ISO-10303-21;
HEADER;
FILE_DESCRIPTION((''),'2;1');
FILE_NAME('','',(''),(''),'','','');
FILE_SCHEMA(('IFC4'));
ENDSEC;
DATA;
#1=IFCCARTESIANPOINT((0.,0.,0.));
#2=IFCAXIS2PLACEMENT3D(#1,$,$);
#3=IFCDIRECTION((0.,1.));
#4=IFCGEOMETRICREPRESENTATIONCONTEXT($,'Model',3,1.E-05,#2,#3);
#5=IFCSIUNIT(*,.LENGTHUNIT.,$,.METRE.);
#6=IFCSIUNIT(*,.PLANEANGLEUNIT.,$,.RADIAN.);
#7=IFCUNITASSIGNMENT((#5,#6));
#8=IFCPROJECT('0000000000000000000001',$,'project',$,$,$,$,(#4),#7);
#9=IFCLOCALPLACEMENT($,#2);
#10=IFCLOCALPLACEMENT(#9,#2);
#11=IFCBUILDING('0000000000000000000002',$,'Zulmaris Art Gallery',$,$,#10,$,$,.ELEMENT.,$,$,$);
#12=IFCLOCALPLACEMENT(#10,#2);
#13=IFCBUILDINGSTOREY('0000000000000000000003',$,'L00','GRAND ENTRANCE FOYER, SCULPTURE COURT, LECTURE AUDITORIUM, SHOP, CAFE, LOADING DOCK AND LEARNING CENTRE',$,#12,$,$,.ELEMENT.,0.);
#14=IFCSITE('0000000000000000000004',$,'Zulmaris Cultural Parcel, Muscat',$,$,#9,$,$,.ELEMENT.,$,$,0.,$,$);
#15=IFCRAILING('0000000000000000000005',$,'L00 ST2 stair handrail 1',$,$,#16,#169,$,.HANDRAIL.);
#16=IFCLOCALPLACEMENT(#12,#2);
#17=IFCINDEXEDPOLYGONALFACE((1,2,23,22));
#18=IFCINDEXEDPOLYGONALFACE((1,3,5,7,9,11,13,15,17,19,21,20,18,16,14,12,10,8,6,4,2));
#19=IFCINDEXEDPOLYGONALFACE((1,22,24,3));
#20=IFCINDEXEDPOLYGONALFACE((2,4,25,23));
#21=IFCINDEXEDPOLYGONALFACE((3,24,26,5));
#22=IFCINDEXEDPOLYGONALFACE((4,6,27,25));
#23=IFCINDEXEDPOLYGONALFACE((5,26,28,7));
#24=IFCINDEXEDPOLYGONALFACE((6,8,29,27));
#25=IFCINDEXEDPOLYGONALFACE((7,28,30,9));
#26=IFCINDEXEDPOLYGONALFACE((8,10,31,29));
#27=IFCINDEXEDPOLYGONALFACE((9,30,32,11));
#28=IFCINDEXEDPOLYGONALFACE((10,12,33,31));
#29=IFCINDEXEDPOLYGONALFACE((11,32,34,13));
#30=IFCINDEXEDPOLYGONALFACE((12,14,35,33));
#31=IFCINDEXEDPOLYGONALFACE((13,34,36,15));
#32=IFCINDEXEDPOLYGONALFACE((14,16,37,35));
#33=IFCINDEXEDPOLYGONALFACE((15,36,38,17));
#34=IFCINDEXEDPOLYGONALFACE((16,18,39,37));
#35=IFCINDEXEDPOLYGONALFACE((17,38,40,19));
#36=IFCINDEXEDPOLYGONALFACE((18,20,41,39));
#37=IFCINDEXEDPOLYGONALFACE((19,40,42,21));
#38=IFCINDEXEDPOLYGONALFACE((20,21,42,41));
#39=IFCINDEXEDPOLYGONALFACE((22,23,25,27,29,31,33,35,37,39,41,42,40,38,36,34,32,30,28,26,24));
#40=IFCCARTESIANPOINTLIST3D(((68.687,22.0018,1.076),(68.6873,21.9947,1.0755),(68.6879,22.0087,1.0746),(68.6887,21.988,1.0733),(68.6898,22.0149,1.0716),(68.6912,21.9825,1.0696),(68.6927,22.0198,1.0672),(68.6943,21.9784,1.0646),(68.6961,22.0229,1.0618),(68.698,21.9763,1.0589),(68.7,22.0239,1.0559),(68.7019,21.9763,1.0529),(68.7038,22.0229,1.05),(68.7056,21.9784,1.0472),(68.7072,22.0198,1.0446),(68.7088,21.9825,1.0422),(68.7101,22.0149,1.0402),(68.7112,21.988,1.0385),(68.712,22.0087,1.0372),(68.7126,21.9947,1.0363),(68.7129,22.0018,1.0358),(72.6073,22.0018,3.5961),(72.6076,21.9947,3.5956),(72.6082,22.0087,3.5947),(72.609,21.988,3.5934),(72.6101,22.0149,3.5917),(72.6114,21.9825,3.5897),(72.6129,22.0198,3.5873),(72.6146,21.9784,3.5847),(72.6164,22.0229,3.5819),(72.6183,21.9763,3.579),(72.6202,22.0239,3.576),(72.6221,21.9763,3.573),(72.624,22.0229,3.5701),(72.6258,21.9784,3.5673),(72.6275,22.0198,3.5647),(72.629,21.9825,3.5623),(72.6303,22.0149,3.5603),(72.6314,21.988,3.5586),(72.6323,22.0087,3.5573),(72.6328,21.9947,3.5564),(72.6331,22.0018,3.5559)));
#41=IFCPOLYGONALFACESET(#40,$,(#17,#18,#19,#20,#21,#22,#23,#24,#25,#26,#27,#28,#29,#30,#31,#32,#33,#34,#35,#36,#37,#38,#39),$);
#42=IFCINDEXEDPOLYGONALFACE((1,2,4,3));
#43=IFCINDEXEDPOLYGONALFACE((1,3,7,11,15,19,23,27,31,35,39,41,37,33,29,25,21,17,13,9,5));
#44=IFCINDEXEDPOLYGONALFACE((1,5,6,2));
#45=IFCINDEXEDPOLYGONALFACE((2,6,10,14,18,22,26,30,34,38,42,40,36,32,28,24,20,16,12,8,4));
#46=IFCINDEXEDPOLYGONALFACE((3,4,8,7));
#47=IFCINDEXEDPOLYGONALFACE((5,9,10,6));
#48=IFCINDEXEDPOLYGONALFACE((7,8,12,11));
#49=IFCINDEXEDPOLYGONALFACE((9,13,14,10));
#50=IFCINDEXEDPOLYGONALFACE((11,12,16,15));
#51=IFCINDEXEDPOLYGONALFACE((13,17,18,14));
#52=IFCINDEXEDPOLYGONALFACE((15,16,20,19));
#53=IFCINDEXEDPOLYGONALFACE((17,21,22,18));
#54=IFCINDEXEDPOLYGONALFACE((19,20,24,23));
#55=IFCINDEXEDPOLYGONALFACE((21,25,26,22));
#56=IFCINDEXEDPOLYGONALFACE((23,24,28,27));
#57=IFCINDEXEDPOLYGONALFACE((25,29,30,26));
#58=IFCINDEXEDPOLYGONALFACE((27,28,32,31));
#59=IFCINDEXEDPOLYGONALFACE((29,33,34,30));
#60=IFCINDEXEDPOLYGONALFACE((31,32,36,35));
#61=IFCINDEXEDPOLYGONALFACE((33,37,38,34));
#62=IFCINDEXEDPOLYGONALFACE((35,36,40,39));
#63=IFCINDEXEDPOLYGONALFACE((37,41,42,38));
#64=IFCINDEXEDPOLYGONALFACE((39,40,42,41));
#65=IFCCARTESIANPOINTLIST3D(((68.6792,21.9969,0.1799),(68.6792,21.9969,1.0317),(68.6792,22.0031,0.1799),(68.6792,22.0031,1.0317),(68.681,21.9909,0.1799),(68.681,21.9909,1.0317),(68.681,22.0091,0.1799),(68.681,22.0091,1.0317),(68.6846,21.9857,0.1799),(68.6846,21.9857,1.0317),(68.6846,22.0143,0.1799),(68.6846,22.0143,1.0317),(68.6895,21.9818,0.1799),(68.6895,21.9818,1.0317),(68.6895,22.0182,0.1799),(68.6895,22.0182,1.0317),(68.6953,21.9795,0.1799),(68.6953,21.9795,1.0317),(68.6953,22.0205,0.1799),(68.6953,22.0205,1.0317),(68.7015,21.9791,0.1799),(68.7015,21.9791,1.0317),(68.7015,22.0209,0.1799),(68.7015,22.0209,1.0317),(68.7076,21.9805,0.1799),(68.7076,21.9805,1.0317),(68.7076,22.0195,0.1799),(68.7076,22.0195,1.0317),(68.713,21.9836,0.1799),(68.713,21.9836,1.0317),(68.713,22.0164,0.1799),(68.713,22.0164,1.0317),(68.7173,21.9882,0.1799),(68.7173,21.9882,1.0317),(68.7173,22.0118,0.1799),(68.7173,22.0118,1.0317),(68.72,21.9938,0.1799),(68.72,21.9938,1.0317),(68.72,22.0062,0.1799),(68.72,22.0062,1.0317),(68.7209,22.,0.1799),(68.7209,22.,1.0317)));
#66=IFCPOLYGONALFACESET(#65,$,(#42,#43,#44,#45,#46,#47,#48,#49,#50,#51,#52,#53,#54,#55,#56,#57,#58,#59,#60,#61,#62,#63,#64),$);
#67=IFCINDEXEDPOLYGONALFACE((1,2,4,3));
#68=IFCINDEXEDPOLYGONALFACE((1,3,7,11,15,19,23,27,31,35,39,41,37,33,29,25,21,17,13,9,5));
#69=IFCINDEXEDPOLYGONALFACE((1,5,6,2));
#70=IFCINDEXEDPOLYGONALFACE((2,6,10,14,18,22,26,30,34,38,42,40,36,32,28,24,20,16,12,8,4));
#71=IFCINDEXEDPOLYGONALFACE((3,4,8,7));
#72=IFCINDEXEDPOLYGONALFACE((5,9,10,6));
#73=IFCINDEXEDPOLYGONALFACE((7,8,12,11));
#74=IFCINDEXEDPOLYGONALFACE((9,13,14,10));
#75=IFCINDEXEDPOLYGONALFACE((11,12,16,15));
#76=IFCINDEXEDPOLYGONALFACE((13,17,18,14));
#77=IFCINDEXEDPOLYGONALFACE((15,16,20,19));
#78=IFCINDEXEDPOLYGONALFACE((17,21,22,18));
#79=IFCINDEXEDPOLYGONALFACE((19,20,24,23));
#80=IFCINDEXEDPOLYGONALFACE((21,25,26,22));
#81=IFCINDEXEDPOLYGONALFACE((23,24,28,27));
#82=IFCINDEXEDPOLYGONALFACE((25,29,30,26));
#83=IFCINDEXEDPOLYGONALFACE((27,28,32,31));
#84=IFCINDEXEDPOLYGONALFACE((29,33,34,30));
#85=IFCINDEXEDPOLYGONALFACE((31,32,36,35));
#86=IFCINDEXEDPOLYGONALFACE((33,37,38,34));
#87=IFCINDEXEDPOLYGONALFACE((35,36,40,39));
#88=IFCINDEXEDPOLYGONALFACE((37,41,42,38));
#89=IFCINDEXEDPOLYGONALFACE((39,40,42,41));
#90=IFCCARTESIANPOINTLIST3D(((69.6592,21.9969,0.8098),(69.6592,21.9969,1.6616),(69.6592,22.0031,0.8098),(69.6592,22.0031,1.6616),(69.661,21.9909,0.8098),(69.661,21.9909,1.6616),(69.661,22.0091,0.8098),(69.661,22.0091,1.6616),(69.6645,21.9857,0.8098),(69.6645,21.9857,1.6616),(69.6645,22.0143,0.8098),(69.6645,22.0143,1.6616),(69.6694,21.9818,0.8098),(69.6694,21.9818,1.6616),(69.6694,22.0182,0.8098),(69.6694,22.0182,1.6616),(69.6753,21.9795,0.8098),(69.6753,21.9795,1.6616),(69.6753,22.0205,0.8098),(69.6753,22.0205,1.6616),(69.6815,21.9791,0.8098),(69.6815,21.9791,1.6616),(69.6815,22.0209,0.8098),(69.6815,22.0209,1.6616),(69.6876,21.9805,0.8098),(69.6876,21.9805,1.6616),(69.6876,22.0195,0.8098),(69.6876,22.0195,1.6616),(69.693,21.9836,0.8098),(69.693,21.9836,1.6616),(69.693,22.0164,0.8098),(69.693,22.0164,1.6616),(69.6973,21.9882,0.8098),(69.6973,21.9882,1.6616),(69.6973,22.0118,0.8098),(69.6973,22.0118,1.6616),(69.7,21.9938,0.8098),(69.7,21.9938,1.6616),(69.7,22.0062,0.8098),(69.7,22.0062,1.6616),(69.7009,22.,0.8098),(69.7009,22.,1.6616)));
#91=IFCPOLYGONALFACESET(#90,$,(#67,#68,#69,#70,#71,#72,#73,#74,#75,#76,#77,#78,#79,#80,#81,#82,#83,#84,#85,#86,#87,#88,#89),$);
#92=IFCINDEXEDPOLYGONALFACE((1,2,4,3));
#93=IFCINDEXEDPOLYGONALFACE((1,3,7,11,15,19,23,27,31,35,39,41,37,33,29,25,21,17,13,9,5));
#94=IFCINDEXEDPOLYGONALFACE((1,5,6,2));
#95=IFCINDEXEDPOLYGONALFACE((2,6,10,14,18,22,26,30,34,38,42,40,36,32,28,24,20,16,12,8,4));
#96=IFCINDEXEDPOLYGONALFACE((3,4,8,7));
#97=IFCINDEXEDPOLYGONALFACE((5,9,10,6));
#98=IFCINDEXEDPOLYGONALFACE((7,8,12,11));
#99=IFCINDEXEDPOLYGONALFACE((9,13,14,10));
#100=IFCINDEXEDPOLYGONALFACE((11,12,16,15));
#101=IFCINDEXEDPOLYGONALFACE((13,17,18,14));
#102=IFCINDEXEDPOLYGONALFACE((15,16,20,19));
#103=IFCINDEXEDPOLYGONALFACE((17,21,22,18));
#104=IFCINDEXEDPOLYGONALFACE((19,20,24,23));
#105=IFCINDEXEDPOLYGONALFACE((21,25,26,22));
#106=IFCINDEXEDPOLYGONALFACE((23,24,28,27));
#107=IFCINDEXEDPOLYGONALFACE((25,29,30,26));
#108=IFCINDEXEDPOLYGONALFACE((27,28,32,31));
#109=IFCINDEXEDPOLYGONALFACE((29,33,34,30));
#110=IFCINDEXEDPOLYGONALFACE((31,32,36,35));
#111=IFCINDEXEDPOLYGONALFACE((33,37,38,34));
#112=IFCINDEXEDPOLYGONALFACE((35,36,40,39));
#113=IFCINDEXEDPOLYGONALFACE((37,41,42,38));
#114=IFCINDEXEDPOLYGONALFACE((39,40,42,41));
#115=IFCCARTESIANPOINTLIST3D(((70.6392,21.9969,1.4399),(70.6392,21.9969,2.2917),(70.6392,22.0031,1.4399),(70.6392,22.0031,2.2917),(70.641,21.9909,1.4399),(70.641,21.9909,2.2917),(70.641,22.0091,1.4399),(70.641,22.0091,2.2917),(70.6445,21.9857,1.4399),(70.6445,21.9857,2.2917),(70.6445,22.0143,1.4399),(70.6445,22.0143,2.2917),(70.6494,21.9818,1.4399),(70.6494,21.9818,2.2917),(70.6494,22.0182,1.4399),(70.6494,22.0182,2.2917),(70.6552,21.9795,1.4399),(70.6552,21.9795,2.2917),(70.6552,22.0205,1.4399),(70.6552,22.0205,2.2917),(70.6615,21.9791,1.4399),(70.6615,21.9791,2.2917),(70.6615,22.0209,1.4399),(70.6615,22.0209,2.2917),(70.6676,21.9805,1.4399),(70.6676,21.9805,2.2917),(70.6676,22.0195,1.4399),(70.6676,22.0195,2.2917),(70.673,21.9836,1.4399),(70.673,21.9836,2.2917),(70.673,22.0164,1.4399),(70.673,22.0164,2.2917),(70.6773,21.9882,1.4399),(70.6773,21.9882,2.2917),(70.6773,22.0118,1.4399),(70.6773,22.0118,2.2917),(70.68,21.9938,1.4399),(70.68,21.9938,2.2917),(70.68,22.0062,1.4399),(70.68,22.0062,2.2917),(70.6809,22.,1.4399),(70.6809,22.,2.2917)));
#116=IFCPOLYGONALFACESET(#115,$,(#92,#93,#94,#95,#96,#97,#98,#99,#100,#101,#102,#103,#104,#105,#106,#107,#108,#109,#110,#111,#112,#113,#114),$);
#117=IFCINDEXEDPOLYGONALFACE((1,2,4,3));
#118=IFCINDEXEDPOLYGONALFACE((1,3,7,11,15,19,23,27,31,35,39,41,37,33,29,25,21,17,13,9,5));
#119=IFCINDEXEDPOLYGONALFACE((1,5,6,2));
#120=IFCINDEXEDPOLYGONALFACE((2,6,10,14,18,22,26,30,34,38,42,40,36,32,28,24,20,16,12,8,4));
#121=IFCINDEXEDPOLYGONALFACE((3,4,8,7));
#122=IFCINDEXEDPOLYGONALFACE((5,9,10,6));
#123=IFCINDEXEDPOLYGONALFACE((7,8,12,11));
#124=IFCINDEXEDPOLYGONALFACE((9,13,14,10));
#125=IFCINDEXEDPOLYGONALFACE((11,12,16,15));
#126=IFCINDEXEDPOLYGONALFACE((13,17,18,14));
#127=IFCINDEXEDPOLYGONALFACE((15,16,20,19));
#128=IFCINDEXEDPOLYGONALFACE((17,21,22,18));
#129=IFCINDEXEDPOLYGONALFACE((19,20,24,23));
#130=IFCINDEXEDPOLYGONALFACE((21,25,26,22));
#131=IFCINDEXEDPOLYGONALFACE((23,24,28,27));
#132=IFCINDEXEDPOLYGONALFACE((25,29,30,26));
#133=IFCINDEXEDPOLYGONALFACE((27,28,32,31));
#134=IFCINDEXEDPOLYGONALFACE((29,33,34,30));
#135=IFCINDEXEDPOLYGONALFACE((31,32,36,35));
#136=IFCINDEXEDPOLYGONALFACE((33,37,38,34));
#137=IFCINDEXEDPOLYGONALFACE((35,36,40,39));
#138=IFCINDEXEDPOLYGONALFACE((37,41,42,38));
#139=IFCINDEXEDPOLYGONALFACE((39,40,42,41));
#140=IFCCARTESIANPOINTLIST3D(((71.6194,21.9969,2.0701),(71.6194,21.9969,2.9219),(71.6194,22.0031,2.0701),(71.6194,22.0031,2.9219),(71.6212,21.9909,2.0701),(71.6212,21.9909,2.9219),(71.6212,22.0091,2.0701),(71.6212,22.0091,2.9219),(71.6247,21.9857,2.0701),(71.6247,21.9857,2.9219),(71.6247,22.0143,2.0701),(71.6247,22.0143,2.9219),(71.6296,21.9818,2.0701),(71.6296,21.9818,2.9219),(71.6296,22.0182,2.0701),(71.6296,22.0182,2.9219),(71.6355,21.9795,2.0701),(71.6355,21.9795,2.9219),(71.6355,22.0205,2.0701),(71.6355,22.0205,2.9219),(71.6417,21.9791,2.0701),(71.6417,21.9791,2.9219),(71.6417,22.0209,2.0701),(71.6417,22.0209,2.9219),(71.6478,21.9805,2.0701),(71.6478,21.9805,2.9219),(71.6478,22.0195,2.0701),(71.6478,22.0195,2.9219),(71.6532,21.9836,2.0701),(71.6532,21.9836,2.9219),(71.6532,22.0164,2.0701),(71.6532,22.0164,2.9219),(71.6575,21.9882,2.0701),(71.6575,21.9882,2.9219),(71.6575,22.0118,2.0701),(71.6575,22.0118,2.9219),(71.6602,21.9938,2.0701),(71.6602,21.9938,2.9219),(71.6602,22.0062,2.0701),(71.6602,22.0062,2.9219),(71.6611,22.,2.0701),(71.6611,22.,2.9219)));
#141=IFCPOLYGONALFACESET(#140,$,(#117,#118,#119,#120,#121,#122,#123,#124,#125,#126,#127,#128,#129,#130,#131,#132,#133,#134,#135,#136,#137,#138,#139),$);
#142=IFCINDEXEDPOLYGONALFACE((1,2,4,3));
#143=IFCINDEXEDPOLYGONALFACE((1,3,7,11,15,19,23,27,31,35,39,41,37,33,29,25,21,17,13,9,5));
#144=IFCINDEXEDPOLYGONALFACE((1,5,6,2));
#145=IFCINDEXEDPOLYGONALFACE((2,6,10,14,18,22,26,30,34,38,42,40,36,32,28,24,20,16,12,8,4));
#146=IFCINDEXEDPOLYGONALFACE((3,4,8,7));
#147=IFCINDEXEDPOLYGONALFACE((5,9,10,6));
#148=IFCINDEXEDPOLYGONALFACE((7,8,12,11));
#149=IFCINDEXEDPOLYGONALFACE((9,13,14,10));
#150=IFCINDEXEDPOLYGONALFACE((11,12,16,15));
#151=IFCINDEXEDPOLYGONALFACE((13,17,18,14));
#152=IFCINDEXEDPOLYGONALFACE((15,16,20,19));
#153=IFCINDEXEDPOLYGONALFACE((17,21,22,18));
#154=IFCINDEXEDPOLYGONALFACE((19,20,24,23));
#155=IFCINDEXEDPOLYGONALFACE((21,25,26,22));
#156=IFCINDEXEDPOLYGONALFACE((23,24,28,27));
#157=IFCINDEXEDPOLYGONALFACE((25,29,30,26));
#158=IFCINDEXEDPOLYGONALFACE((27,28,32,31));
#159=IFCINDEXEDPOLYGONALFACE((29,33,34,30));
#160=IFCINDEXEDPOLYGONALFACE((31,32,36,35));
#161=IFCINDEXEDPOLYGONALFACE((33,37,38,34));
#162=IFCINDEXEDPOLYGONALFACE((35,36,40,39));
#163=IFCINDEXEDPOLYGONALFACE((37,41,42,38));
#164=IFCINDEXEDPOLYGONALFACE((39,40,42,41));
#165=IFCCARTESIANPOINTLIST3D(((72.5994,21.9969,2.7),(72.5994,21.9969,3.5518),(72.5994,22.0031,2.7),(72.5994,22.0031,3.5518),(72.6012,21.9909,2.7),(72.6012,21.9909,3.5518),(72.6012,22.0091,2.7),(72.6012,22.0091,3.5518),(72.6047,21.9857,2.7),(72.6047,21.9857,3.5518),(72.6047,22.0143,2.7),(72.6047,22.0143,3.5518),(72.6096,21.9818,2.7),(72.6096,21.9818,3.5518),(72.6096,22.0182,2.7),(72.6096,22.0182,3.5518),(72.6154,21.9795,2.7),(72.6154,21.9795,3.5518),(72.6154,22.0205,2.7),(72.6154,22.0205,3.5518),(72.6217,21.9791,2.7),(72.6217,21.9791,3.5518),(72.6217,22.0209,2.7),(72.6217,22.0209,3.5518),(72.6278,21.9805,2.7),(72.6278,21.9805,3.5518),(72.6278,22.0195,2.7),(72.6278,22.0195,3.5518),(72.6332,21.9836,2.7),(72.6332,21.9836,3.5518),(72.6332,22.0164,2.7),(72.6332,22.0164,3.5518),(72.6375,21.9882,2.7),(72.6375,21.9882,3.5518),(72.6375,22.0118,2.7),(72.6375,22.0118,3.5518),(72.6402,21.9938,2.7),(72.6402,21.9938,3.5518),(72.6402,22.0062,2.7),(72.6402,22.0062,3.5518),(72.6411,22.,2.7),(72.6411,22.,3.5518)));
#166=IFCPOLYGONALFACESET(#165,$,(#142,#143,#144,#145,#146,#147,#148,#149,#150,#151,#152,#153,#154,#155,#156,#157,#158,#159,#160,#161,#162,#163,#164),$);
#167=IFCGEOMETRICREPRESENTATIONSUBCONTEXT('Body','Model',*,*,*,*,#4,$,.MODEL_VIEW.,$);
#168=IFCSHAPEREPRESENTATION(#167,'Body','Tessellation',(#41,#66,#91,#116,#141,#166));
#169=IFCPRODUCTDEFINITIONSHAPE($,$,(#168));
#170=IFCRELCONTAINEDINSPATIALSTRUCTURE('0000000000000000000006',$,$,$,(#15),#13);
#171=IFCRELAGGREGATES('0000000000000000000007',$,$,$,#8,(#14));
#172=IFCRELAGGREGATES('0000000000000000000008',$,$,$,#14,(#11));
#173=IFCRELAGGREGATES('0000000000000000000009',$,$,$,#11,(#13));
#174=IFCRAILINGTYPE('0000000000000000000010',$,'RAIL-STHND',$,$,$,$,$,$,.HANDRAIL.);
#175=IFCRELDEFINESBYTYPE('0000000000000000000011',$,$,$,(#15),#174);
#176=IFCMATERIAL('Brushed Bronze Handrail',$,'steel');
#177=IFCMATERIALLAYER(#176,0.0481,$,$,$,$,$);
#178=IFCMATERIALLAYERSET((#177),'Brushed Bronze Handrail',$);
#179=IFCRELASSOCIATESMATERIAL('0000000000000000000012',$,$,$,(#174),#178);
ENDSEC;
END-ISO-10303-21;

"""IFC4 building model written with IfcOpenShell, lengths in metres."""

from ifc_helpers import new_model, si_unit, direction, frame, origin, origin_2d, place, context, subcontext, project, spatial, circle, extrude, material, layer, layer_set, type_object, element, save


model = new_model("IFC4")

# Units and contexts
model_context = context("Model", 3, precision=1e-05, world=origin(), true_north=direction((0.0, 1.0)))
body_context = subcontext(model_context, "Body", "Model", "MODEL_VIEW")
ifc_project = project(units=[si_unit("LENGTHUNIT", "METRE"), si_unit("PLANEANGLEUNIT", "RADIAN")], contexts=[model_context])

# Site, building, storey
site_placement = place(None, origin())
site = spatial("IfcSite", under=ifc_project, at=site_placement, Name="Zulmaris Cultural Parcel, Muscat", CompositionType="ELEMENT", RefElevation=0.0)
building_placement = place(site_placement, origin())
building = spatial("IfcBuilding", under=site, at=building_placement, Name="Zulmaris Art Gallery", CompositionType="ELEMENT")
storey_placement = place(building_placement, origin())
storey = spatial("IfcBuildingStorey", under=building, at=storey_placement, Name="L00", Description="GRAND ENTRANCE FOYER, SCULPTURE COURT, LECTURE AUDITORIUM, SHOP, CAFE, LOADING DOCK AND LEARNING CENTRE", CompositionType="ELEMENT", Elevation=0.0)

# Railing
ifc_material_1 = material(Name="Brushed Bronze Handrail", Category="steel")
ifc_layer_1 = layer(ifc_material_1, 0.0481)
ifc_layer_set_1 = layer_set([ifc_layer_1], Name="Brushed Bronze Handrail")
railing_type_1 = type_object("IfcRailingType", Name="RAIL-STHND", PredefinedType="HANDRAIL", material=ifc_layer_set_1)
railing_1_placement = place(storey_placement, frame((68.7, 22.0, 0.1799)))
element("IfcRailing", 1, at=railing_1_placement, inside=storey, type_object=railing_type_1, Name="L00 ST2 stair handrail 1", PredefinedType="HANDRAIL", context=body_context, shape_type="SweptSolid", body=[
    extrude(circle(Radius=0.0239, at=origin_2d()), frame((0.0, 0.0, 0.876), z_axis=(0.841187, 0.0, 0.540744), x_axis=(0.0, 1.0, 0.0)), (0.0, 0.0, 1.0), 4.6604),
    extrude(circle(Radius=0.021, at=origin_2d()), origin(), (0.0, 0.0, 1.0), 0.8518),
    extrude(circle(Radius=0.021, at=origin_2d()), frame((0.98, 0.0, 0.6299)), (0.0, 0.0, 1.0), 0.8518),
    extrude(circle(Radius=0.021, at=origin_2d()), frame((1.96, 0.0, 1.26)), (0.0, 0.0, 1.0), 0.8518),
    extrude(circle(Radius=0.021, at=origin_2d()), frame((2.9402, 0.0, 1.8901)), (0.0, 0.0, 1.0), 0.8518),
    extrude(circle(Radius=0.021, at=origin_2d()), frame((3.9202, 0.0, 2.52)), (0.0, 0.0, 1.0), 0.8518),
])

save(model, "model.ifc")
